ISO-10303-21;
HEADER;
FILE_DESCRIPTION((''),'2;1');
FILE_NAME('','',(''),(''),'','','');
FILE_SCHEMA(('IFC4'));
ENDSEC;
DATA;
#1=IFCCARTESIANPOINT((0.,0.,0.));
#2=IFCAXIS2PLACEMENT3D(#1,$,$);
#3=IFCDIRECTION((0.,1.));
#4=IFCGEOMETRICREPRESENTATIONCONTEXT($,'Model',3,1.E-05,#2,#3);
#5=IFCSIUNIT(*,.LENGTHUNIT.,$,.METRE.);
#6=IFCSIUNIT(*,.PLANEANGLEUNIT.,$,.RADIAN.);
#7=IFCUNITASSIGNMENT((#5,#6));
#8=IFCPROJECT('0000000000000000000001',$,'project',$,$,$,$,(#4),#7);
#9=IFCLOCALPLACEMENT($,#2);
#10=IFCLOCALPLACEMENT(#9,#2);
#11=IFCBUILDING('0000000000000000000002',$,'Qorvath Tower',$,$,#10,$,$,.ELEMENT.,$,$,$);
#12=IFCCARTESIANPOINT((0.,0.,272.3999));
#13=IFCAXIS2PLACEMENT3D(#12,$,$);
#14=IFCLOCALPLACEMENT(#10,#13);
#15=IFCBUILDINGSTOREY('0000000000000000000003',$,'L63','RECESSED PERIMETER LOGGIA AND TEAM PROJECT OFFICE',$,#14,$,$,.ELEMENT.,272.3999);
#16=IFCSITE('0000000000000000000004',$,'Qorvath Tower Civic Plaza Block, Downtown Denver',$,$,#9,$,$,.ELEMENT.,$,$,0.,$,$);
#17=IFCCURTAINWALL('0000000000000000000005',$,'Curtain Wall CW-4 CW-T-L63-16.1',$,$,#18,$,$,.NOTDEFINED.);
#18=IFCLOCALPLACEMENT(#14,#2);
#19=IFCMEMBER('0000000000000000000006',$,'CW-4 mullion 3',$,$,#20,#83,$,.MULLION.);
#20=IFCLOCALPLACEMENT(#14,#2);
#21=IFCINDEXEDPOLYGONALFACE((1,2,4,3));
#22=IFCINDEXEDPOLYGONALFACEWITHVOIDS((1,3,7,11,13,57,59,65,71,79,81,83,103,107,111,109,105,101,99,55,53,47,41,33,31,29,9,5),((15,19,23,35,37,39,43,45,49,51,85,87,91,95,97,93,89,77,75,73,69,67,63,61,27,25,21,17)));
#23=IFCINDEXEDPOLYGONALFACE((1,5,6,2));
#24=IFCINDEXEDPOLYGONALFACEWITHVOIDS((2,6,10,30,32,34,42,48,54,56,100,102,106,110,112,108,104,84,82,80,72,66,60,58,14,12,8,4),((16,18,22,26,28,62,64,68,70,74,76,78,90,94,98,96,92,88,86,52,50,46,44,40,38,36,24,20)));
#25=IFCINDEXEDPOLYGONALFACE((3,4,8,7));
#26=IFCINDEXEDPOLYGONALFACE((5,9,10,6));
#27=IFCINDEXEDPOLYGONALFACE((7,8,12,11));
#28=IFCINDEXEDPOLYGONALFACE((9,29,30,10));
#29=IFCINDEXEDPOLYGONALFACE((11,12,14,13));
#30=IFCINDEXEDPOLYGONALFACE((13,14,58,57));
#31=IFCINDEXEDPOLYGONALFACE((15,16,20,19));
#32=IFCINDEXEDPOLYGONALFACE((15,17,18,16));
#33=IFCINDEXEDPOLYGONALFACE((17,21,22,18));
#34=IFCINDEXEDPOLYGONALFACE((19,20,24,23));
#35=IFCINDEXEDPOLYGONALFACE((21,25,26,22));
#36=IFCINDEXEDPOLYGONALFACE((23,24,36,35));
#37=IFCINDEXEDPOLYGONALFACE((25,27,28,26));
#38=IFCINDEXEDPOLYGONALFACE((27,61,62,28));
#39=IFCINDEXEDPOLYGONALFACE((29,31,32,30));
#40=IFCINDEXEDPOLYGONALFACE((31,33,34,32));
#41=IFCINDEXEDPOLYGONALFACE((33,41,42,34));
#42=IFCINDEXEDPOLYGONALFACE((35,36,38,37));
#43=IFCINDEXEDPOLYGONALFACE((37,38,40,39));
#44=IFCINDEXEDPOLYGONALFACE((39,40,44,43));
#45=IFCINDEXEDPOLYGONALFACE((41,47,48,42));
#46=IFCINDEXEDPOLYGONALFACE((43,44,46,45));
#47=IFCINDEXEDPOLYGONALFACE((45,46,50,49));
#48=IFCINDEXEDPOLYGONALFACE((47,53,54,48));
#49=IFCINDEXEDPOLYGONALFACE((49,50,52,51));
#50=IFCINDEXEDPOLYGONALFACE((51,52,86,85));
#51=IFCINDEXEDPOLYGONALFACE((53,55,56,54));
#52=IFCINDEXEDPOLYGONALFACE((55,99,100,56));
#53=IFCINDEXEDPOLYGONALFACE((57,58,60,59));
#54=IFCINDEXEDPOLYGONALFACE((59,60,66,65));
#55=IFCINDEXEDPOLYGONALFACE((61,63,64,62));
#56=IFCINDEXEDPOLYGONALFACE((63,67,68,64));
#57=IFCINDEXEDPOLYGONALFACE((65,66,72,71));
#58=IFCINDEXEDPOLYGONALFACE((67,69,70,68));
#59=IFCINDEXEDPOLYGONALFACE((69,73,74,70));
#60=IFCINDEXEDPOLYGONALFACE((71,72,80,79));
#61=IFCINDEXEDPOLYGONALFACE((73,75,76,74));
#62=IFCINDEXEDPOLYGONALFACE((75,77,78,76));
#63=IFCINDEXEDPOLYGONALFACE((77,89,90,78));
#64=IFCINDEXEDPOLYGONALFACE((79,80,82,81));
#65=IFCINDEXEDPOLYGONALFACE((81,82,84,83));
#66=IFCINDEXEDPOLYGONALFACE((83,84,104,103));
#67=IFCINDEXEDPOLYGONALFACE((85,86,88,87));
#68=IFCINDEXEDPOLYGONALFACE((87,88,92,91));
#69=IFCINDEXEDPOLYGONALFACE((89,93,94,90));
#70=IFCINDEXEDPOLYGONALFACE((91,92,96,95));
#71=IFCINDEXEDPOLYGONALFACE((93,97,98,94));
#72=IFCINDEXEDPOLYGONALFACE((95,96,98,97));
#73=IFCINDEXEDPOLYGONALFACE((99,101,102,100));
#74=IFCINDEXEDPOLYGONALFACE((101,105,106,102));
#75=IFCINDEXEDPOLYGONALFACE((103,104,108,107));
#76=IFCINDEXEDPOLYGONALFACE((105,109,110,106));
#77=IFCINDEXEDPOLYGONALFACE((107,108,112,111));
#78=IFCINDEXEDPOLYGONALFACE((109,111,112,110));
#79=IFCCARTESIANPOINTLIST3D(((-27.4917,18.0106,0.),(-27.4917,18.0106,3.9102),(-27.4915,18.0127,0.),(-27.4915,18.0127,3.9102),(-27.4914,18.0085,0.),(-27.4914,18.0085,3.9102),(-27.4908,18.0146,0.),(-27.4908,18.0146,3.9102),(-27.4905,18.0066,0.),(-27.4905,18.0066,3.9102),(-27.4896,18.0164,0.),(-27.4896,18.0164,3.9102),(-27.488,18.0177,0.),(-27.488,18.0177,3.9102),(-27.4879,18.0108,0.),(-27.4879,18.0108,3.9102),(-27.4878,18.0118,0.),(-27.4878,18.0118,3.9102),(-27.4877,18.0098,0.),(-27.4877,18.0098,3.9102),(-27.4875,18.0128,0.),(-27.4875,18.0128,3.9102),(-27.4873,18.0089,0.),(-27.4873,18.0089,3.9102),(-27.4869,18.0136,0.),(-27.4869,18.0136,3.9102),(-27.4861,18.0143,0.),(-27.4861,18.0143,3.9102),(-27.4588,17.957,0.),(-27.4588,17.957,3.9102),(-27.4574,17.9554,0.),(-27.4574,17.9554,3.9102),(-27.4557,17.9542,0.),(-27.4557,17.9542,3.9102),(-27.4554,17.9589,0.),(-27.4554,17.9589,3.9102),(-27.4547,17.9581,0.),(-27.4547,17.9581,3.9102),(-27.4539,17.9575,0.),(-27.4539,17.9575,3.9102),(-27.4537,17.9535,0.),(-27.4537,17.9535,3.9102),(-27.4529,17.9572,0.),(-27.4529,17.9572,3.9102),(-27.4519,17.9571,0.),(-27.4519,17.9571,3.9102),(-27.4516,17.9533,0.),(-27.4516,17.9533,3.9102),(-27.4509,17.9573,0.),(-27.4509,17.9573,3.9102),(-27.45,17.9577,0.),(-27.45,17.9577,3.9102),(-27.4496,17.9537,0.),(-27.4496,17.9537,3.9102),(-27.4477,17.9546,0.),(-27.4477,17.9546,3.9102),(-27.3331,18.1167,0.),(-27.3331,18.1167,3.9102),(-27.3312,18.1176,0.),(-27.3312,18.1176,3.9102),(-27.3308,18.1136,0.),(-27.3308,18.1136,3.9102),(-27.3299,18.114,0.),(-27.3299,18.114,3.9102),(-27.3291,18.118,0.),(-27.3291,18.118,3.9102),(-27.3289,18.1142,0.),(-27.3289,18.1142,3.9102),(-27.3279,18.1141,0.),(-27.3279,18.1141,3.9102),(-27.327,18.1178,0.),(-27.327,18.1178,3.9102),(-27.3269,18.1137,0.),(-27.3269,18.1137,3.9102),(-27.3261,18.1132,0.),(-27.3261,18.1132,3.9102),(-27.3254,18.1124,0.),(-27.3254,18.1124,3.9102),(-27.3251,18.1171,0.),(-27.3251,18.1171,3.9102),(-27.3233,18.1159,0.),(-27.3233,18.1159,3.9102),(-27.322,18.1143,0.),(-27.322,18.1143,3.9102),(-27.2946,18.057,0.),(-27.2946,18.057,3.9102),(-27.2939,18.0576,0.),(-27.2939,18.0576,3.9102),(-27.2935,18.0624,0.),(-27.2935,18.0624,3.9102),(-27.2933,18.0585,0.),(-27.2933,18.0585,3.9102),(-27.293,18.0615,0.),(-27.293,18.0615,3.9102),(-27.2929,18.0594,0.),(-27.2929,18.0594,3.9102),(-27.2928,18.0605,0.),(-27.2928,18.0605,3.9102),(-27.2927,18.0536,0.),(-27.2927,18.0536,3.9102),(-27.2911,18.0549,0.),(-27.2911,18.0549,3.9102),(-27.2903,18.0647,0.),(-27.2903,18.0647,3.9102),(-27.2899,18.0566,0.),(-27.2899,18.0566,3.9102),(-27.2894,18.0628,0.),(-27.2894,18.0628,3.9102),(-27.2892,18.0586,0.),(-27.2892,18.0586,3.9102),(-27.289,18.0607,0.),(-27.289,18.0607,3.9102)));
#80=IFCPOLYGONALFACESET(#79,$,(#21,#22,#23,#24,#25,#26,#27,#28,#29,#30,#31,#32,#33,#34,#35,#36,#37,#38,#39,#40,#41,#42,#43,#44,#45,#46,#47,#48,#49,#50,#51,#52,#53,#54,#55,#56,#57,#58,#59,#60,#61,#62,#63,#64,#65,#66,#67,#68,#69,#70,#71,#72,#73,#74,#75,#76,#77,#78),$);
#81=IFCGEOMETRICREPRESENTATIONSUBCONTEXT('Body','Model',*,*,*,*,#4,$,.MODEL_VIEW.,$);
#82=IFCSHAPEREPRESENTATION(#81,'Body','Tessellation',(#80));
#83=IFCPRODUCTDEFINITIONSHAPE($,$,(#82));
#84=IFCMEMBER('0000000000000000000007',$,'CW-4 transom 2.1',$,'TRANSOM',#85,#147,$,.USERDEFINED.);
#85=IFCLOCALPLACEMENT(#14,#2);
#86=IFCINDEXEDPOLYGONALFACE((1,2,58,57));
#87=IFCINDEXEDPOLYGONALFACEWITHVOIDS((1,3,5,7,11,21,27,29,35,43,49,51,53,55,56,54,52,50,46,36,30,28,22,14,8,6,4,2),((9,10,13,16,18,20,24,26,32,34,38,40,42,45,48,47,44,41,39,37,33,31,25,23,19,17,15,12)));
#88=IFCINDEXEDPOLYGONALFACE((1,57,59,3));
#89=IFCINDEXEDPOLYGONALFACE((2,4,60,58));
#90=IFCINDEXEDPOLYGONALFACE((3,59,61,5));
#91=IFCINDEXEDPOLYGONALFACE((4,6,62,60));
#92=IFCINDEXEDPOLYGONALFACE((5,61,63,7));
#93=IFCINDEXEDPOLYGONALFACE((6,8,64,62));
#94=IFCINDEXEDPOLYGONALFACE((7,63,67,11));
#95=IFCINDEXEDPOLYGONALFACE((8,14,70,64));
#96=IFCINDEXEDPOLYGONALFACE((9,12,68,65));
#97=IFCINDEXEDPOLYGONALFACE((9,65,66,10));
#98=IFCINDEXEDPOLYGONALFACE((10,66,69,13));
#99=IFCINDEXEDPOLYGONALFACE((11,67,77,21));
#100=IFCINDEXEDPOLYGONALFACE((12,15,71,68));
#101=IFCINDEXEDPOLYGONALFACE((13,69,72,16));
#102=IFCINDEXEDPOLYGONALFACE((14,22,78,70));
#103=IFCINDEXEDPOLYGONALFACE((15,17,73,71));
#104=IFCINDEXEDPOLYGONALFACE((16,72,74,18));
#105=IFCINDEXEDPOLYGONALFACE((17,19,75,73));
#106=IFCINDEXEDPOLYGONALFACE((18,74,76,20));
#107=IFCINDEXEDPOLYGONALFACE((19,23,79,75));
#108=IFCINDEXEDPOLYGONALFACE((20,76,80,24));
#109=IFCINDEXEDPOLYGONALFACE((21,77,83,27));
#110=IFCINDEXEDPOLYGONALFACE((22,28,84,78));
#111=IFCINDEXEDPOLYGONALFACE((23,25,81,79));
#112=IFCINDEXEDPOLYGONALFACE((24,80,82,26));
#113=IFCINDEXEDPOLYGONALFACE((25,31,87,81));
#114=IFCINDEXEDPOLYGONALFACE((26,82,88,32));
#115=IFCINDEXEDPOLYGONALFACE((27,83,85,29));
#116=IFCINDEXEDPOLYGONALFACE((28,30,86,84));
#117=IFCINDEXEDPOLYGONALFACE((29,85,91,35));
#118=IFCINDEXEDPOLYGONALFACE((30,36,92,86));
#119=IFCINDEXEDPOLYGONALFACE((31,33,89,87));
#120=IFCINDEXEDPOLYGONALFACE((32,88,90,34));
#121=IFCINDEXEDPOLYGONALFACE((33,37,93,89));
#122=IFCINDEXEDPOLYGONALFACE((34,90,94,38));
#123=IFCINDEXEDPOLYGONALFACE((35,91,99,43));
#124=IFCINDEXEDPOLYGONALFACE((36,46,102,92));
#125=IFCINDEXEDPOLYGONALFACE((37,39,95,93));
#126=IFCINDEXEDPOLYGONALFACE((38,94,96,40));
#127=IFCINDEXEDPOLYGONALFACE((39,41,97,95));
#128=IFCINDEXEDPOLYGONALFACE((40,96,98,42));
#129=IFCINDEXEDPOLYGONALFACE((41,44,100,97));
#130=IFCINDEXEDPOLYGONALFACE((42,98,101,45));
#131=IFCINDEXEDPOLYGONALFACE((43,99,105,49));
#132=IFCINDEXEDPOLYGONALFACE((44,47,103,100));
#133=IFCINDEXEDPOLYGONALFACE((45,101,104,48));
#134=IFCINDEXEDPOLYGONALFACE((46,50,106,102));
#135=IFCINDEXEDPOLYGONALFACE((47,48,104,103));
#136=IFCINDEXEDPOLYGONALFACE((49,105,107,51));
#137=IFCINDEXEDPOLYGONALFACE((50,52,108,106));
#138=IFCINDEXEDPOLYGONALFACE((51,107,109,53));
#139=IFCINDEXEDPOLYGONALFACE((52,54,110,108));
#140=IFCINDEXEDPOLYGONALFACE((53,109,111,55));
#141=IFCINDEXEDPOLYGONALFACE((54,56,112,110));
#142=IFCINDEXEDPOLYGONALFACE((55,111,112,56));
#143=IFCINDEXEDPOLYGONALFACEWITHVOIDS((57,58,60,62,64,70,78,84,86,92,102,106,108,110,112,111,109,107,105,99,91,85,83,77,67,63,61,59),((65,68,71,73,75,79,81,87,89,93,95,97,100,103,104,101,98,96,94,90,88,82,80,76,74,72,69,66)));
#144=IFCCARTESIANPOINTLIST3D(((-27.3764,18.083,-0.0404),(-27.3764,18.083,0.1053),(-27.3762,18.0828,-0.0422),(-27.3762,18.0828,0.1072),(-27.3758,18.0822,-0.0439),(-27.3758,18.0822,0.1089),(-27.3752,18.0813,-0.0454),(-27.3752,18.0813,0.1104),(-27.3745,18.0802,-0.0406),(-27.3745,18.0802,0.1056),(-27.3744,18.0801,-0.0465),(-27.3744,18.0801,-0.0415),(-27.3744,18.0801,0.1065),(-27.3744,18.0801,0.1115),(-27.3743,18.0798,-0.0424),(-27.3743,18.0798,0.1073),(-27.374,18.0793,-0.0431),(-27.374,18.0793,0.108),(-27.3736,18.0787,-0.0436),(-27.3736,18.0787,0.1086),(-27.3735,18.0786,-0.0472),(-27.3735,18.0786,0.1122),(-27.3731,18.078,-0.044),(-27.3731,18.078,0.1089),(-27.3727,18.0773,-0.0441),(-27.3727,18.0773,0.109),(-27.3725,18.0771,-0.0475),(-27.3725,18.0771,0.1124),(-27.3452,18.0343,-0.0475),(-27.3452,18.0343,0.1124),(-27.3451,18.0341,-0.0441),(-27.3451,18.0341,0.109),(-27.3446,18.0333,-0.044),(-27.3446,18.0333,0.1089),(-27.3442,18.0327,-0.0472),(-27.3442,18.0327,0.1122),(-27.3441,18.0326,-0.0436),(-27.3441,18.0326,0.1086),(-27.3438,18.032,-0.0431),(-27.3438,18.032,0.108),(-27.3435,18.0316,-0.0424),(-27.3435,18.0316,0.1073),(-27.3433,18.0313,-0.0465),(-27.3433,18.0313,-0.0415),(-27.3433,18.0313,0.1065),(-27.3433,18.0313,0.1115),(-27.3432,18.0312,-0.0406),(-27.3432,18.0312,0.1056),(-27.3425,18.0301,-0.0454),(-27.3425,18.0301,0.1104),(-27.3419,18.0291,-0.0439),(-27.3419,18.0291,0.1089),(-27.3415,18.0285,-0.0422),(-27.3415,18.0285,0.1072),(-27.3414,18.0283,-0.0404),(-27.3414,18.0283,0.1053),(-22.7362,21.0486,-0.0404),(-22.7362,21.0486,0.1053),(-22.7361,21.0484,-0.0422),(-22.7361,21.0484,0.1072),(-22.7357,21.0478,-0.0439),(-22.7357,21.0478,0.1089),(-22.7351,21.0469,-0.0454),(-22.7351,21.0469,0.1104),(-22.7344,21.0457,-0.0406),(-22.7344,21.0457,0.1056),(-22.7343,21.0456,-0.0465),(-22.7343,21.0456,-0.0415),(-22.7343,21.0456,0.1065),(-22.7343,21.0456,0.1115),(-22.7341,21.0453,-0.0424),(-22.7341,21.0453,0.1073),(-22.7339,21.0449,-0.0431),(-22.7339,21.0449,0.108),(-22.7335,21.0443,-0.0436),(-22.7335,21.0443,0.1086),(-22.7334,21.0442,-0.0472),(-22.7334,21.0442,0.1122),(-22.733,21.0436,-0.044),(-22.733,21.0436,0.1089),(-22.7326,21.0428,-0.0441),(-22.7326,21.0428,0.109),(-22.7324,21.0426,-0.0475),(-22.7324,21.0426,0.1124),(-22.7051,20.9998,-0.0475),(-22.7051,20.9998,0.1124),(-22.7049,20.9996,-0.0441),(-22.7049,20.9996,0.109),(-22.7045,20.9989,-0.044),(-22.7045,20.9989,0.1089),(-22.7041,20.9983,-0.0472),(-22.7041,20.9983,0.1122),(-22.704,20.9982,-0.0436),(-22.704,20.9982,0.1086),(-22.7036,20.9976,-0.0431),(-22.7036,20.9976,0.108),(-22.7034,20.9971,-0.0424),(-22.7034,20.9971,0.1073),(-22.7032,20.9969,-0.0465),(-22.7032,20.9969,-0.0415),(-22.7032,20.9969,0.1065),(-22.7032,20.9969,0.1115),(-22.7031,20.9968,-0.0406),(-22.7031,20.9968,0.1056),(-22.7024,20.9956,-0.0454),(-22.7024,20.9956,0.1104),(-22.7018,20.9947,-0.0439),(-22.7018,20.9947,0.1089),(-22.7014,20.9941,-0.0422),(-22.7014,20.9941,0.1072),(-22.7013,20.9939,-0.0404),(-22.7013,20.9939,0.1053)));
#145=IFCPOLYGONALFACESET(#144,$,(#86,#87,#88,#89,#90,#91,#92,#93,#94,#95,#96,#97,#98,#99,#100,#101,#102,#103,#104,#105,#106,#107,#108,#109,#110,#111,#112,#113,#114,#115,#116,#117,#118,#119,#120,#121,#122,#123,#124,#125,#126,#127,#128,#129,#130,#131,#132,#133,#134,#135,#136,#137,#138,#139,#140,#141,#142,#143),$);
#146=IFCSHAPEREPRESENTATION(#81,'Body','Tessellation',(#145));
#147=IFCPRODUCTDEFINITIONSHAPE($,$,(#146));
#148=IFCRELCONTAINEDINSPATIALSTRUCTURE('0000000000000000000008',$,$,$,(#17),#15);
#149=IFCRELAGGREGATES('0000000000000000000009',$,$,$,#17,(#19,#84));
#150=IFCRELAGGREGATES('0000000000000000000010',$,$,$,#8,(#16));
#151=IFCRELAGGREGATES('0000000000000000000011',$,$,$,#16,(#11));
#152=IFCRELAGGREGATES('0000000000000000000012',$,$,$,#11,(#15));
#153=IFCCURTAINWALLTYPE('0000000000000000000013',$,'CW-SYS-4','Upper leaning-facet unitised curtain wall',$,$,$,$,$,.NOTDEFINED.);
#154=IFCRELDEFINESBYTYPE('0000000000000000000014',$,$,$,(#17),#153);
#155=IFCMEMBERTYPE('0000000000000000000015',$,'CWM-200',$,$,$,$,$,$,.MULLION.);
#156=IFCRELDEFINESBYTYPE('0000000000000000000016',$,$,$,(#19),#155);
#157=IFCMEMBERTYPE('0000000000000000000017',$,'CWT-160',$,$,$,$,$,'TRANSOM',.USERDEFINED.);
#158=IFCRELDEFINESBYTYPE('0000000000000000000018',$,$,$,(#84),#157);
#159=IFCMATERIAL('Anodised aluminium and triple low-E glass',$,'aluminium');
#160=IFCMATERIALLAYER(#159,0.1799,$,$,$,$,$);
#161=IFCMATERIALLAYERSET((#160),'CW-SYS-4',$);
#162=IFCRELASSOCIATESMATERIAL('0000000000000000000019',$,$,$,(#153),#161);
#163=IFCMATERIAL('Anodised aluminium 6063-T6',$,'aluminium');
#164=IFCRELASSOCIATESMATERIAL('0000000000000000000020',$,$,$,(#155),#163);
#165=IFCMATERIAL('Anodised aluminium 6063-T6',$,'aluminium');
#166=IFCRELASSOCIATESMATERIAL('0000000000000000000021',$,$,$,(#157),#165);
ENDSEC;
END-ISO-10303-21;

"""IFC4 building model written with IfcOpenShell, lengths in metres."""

from ifc_helpers import new_model, si_unit, direction, frame, origin, origin_2d, place, context, subcontext, project, spatial, hollow_rectangle, extrude, material, layer, layer_set, material_profile, profile_set, type_object, element, aggregate, save


model = new_model("IFC4")

# Units and contexts
model_context = context("Model", 3, precision=1e-05, world=origin(), true_north=direction((0.0, 1.0)))
body_context = subcontext(model_context, "Body", "Model", "MODEL_VIEW")
ifc_project = project(units=[si_unit("LENGTHUNIT", "METRE"), si_unit("PLANEANGLEUNIT", "RADIAN")], contexts=[model_context])

# Site, building, storey
site_placement = place(None, origin())
site = spatial("IfcSite", under=ifc_project, at=site_placement, Name="Qorvath Tower Civic Plaza Block, Downtown Denver", CompositionType="ELEMENT", RefElevation=0.0)
building_placement = place(site_placement, origin())
building = spatial("IfcBuilding", under=site, at=building_placement, Name="Qorvath Tower", CompositionType="ELEMENT")
storey_placement = place(building_placement, frame((0.0, 0.0, 272.3999)))
storey = spatial("IfcBuildingStorey", under=building, at=storey_placement, Name="L63", Description="RECESSED PERIMETER LOGGIA AND TEAM PROJECT OFFICE", CompositionType="ELEMENT", Elevation=272.3999)

# Curtain wall, members
ifc_material_1 = material(Name="Anodised aluminium and triple low-E glass", Category="aluminium")
ifc_layer_1 = layer(ifc_material_1, 0.1799)
ifc_layer_set_1 = layer_set([ifc_layer_1], Name="CW-SYS-4")
curtain_wall_type = type_object("IfcCurtainWallType", Name="CW-SYS-4", Description="Upper leaning-facet unitised curtain wall", PredefinedType="NOTDEFINED", material=ifc_layer_set_1)
curtain_wall_placement = place(storey_placement, origin())
curtain_wall = element("IfcCurtainWall", 1, at=curtain_wall_placement, inside=storey, type_object=curtain_wall_type, Name="Curtain Wall CW-4 CW-T-L63-16.1", PredefinedType="NOTDEFINED")
ifc_material_2 = material(Name="Anodised aluminium 6063-T6", Category="aluminium")
ifc_material_profile_1 = material_profile(ifc_material_2, hollow_rectangle(XDim=0.075, YDim=0.2, WallThickness=0.0039, InnerFilletRadius=0.0039, OuterFilletRadius=0.0081, at=origin_2d()), Name="CWM 200x75")
ifc_profile_set_1 = profile_set([ifc_material_profile_1], Name="Anodised aluminium 6063-T6")
member_type_1 = type_object("IfcMemberType", Name="CWM-200", PredefinedType="MULLION", material=ifc_profile_set_1)
member_1_placement = place(storey_placement, frame((-27.3904, 18.0356, 0.0), z_axis=(0.0, 0.0, 1.0), x_axis=(0.538534, -0.842604, 0.0)))
member_1 = element("IfcMember", 2, at=member_1_placement, type_object=member_type_1, Name="CW-4 mullion 3", PredefinedType="MULLION", context=body_context, shape_type="SweptSolid", body=[
    extrude(hollow_rectangle(XDim=0.075, YDim=0.2, WallThickness=0.0039, InnerFilletRadius=0.0039, OuterFilletRadius=0.0081, at=origin_2d()), origin(), (0.0, 0.0, 1.0), 3.9102),
])
ifc_material_3 = material(Name="Anodised aluminium 6063-T6", Category="aluminium")
ifc_material_profile_2 = material_profile(ifc_material_3, hollow_rectangle(XDim=0.0649, YDim=0.1599, WallThickness=0.0034, InnerFilletRadius=0.0034, OuterFilletRadius=0.0071, at=origin_2d()), Name="CWT 160x65")
ifc_profile_set_2 = profile_set([ifc_material_profile_2], Name="Anodised aluminium 6063-T6")
member_type_2 = type_object("IfcMemberType", Name="CWT-160", ElementType="TRANSOM", PredefinedType="USERDEFINED", material=ifc_profile_set_2)
member_2_placement = place(storey_placement, frame((-22.7188, 21.0212, 0.0325), z_axis=(-0.84261, -0.538524, 0.0), x_axis=(0.538524, -0.84261, 0.0)))
member_2 = element("IfcMember", 3, at=member_2_placement, type_object=member_type_2, Name="CW-4 transom 2.1", ObjectType="TRANSOM", PredefinedType="USERDEFINED", context=body_context, shape_type="SweptSolid", body=[
    extrude(hollow_rectangle(XDim=0.0649, YDim=0.1599, WallThickness=0.0034, InnerFilletRadius=0.0034, OuterFilletRadius=0.0071, at=origin_2d()), origin(), (0.0, 0.0, 1.0), 5.5068),
])
aggregate(curtain_wall, [member_1, member_2])

save(model, "model.ifc")
